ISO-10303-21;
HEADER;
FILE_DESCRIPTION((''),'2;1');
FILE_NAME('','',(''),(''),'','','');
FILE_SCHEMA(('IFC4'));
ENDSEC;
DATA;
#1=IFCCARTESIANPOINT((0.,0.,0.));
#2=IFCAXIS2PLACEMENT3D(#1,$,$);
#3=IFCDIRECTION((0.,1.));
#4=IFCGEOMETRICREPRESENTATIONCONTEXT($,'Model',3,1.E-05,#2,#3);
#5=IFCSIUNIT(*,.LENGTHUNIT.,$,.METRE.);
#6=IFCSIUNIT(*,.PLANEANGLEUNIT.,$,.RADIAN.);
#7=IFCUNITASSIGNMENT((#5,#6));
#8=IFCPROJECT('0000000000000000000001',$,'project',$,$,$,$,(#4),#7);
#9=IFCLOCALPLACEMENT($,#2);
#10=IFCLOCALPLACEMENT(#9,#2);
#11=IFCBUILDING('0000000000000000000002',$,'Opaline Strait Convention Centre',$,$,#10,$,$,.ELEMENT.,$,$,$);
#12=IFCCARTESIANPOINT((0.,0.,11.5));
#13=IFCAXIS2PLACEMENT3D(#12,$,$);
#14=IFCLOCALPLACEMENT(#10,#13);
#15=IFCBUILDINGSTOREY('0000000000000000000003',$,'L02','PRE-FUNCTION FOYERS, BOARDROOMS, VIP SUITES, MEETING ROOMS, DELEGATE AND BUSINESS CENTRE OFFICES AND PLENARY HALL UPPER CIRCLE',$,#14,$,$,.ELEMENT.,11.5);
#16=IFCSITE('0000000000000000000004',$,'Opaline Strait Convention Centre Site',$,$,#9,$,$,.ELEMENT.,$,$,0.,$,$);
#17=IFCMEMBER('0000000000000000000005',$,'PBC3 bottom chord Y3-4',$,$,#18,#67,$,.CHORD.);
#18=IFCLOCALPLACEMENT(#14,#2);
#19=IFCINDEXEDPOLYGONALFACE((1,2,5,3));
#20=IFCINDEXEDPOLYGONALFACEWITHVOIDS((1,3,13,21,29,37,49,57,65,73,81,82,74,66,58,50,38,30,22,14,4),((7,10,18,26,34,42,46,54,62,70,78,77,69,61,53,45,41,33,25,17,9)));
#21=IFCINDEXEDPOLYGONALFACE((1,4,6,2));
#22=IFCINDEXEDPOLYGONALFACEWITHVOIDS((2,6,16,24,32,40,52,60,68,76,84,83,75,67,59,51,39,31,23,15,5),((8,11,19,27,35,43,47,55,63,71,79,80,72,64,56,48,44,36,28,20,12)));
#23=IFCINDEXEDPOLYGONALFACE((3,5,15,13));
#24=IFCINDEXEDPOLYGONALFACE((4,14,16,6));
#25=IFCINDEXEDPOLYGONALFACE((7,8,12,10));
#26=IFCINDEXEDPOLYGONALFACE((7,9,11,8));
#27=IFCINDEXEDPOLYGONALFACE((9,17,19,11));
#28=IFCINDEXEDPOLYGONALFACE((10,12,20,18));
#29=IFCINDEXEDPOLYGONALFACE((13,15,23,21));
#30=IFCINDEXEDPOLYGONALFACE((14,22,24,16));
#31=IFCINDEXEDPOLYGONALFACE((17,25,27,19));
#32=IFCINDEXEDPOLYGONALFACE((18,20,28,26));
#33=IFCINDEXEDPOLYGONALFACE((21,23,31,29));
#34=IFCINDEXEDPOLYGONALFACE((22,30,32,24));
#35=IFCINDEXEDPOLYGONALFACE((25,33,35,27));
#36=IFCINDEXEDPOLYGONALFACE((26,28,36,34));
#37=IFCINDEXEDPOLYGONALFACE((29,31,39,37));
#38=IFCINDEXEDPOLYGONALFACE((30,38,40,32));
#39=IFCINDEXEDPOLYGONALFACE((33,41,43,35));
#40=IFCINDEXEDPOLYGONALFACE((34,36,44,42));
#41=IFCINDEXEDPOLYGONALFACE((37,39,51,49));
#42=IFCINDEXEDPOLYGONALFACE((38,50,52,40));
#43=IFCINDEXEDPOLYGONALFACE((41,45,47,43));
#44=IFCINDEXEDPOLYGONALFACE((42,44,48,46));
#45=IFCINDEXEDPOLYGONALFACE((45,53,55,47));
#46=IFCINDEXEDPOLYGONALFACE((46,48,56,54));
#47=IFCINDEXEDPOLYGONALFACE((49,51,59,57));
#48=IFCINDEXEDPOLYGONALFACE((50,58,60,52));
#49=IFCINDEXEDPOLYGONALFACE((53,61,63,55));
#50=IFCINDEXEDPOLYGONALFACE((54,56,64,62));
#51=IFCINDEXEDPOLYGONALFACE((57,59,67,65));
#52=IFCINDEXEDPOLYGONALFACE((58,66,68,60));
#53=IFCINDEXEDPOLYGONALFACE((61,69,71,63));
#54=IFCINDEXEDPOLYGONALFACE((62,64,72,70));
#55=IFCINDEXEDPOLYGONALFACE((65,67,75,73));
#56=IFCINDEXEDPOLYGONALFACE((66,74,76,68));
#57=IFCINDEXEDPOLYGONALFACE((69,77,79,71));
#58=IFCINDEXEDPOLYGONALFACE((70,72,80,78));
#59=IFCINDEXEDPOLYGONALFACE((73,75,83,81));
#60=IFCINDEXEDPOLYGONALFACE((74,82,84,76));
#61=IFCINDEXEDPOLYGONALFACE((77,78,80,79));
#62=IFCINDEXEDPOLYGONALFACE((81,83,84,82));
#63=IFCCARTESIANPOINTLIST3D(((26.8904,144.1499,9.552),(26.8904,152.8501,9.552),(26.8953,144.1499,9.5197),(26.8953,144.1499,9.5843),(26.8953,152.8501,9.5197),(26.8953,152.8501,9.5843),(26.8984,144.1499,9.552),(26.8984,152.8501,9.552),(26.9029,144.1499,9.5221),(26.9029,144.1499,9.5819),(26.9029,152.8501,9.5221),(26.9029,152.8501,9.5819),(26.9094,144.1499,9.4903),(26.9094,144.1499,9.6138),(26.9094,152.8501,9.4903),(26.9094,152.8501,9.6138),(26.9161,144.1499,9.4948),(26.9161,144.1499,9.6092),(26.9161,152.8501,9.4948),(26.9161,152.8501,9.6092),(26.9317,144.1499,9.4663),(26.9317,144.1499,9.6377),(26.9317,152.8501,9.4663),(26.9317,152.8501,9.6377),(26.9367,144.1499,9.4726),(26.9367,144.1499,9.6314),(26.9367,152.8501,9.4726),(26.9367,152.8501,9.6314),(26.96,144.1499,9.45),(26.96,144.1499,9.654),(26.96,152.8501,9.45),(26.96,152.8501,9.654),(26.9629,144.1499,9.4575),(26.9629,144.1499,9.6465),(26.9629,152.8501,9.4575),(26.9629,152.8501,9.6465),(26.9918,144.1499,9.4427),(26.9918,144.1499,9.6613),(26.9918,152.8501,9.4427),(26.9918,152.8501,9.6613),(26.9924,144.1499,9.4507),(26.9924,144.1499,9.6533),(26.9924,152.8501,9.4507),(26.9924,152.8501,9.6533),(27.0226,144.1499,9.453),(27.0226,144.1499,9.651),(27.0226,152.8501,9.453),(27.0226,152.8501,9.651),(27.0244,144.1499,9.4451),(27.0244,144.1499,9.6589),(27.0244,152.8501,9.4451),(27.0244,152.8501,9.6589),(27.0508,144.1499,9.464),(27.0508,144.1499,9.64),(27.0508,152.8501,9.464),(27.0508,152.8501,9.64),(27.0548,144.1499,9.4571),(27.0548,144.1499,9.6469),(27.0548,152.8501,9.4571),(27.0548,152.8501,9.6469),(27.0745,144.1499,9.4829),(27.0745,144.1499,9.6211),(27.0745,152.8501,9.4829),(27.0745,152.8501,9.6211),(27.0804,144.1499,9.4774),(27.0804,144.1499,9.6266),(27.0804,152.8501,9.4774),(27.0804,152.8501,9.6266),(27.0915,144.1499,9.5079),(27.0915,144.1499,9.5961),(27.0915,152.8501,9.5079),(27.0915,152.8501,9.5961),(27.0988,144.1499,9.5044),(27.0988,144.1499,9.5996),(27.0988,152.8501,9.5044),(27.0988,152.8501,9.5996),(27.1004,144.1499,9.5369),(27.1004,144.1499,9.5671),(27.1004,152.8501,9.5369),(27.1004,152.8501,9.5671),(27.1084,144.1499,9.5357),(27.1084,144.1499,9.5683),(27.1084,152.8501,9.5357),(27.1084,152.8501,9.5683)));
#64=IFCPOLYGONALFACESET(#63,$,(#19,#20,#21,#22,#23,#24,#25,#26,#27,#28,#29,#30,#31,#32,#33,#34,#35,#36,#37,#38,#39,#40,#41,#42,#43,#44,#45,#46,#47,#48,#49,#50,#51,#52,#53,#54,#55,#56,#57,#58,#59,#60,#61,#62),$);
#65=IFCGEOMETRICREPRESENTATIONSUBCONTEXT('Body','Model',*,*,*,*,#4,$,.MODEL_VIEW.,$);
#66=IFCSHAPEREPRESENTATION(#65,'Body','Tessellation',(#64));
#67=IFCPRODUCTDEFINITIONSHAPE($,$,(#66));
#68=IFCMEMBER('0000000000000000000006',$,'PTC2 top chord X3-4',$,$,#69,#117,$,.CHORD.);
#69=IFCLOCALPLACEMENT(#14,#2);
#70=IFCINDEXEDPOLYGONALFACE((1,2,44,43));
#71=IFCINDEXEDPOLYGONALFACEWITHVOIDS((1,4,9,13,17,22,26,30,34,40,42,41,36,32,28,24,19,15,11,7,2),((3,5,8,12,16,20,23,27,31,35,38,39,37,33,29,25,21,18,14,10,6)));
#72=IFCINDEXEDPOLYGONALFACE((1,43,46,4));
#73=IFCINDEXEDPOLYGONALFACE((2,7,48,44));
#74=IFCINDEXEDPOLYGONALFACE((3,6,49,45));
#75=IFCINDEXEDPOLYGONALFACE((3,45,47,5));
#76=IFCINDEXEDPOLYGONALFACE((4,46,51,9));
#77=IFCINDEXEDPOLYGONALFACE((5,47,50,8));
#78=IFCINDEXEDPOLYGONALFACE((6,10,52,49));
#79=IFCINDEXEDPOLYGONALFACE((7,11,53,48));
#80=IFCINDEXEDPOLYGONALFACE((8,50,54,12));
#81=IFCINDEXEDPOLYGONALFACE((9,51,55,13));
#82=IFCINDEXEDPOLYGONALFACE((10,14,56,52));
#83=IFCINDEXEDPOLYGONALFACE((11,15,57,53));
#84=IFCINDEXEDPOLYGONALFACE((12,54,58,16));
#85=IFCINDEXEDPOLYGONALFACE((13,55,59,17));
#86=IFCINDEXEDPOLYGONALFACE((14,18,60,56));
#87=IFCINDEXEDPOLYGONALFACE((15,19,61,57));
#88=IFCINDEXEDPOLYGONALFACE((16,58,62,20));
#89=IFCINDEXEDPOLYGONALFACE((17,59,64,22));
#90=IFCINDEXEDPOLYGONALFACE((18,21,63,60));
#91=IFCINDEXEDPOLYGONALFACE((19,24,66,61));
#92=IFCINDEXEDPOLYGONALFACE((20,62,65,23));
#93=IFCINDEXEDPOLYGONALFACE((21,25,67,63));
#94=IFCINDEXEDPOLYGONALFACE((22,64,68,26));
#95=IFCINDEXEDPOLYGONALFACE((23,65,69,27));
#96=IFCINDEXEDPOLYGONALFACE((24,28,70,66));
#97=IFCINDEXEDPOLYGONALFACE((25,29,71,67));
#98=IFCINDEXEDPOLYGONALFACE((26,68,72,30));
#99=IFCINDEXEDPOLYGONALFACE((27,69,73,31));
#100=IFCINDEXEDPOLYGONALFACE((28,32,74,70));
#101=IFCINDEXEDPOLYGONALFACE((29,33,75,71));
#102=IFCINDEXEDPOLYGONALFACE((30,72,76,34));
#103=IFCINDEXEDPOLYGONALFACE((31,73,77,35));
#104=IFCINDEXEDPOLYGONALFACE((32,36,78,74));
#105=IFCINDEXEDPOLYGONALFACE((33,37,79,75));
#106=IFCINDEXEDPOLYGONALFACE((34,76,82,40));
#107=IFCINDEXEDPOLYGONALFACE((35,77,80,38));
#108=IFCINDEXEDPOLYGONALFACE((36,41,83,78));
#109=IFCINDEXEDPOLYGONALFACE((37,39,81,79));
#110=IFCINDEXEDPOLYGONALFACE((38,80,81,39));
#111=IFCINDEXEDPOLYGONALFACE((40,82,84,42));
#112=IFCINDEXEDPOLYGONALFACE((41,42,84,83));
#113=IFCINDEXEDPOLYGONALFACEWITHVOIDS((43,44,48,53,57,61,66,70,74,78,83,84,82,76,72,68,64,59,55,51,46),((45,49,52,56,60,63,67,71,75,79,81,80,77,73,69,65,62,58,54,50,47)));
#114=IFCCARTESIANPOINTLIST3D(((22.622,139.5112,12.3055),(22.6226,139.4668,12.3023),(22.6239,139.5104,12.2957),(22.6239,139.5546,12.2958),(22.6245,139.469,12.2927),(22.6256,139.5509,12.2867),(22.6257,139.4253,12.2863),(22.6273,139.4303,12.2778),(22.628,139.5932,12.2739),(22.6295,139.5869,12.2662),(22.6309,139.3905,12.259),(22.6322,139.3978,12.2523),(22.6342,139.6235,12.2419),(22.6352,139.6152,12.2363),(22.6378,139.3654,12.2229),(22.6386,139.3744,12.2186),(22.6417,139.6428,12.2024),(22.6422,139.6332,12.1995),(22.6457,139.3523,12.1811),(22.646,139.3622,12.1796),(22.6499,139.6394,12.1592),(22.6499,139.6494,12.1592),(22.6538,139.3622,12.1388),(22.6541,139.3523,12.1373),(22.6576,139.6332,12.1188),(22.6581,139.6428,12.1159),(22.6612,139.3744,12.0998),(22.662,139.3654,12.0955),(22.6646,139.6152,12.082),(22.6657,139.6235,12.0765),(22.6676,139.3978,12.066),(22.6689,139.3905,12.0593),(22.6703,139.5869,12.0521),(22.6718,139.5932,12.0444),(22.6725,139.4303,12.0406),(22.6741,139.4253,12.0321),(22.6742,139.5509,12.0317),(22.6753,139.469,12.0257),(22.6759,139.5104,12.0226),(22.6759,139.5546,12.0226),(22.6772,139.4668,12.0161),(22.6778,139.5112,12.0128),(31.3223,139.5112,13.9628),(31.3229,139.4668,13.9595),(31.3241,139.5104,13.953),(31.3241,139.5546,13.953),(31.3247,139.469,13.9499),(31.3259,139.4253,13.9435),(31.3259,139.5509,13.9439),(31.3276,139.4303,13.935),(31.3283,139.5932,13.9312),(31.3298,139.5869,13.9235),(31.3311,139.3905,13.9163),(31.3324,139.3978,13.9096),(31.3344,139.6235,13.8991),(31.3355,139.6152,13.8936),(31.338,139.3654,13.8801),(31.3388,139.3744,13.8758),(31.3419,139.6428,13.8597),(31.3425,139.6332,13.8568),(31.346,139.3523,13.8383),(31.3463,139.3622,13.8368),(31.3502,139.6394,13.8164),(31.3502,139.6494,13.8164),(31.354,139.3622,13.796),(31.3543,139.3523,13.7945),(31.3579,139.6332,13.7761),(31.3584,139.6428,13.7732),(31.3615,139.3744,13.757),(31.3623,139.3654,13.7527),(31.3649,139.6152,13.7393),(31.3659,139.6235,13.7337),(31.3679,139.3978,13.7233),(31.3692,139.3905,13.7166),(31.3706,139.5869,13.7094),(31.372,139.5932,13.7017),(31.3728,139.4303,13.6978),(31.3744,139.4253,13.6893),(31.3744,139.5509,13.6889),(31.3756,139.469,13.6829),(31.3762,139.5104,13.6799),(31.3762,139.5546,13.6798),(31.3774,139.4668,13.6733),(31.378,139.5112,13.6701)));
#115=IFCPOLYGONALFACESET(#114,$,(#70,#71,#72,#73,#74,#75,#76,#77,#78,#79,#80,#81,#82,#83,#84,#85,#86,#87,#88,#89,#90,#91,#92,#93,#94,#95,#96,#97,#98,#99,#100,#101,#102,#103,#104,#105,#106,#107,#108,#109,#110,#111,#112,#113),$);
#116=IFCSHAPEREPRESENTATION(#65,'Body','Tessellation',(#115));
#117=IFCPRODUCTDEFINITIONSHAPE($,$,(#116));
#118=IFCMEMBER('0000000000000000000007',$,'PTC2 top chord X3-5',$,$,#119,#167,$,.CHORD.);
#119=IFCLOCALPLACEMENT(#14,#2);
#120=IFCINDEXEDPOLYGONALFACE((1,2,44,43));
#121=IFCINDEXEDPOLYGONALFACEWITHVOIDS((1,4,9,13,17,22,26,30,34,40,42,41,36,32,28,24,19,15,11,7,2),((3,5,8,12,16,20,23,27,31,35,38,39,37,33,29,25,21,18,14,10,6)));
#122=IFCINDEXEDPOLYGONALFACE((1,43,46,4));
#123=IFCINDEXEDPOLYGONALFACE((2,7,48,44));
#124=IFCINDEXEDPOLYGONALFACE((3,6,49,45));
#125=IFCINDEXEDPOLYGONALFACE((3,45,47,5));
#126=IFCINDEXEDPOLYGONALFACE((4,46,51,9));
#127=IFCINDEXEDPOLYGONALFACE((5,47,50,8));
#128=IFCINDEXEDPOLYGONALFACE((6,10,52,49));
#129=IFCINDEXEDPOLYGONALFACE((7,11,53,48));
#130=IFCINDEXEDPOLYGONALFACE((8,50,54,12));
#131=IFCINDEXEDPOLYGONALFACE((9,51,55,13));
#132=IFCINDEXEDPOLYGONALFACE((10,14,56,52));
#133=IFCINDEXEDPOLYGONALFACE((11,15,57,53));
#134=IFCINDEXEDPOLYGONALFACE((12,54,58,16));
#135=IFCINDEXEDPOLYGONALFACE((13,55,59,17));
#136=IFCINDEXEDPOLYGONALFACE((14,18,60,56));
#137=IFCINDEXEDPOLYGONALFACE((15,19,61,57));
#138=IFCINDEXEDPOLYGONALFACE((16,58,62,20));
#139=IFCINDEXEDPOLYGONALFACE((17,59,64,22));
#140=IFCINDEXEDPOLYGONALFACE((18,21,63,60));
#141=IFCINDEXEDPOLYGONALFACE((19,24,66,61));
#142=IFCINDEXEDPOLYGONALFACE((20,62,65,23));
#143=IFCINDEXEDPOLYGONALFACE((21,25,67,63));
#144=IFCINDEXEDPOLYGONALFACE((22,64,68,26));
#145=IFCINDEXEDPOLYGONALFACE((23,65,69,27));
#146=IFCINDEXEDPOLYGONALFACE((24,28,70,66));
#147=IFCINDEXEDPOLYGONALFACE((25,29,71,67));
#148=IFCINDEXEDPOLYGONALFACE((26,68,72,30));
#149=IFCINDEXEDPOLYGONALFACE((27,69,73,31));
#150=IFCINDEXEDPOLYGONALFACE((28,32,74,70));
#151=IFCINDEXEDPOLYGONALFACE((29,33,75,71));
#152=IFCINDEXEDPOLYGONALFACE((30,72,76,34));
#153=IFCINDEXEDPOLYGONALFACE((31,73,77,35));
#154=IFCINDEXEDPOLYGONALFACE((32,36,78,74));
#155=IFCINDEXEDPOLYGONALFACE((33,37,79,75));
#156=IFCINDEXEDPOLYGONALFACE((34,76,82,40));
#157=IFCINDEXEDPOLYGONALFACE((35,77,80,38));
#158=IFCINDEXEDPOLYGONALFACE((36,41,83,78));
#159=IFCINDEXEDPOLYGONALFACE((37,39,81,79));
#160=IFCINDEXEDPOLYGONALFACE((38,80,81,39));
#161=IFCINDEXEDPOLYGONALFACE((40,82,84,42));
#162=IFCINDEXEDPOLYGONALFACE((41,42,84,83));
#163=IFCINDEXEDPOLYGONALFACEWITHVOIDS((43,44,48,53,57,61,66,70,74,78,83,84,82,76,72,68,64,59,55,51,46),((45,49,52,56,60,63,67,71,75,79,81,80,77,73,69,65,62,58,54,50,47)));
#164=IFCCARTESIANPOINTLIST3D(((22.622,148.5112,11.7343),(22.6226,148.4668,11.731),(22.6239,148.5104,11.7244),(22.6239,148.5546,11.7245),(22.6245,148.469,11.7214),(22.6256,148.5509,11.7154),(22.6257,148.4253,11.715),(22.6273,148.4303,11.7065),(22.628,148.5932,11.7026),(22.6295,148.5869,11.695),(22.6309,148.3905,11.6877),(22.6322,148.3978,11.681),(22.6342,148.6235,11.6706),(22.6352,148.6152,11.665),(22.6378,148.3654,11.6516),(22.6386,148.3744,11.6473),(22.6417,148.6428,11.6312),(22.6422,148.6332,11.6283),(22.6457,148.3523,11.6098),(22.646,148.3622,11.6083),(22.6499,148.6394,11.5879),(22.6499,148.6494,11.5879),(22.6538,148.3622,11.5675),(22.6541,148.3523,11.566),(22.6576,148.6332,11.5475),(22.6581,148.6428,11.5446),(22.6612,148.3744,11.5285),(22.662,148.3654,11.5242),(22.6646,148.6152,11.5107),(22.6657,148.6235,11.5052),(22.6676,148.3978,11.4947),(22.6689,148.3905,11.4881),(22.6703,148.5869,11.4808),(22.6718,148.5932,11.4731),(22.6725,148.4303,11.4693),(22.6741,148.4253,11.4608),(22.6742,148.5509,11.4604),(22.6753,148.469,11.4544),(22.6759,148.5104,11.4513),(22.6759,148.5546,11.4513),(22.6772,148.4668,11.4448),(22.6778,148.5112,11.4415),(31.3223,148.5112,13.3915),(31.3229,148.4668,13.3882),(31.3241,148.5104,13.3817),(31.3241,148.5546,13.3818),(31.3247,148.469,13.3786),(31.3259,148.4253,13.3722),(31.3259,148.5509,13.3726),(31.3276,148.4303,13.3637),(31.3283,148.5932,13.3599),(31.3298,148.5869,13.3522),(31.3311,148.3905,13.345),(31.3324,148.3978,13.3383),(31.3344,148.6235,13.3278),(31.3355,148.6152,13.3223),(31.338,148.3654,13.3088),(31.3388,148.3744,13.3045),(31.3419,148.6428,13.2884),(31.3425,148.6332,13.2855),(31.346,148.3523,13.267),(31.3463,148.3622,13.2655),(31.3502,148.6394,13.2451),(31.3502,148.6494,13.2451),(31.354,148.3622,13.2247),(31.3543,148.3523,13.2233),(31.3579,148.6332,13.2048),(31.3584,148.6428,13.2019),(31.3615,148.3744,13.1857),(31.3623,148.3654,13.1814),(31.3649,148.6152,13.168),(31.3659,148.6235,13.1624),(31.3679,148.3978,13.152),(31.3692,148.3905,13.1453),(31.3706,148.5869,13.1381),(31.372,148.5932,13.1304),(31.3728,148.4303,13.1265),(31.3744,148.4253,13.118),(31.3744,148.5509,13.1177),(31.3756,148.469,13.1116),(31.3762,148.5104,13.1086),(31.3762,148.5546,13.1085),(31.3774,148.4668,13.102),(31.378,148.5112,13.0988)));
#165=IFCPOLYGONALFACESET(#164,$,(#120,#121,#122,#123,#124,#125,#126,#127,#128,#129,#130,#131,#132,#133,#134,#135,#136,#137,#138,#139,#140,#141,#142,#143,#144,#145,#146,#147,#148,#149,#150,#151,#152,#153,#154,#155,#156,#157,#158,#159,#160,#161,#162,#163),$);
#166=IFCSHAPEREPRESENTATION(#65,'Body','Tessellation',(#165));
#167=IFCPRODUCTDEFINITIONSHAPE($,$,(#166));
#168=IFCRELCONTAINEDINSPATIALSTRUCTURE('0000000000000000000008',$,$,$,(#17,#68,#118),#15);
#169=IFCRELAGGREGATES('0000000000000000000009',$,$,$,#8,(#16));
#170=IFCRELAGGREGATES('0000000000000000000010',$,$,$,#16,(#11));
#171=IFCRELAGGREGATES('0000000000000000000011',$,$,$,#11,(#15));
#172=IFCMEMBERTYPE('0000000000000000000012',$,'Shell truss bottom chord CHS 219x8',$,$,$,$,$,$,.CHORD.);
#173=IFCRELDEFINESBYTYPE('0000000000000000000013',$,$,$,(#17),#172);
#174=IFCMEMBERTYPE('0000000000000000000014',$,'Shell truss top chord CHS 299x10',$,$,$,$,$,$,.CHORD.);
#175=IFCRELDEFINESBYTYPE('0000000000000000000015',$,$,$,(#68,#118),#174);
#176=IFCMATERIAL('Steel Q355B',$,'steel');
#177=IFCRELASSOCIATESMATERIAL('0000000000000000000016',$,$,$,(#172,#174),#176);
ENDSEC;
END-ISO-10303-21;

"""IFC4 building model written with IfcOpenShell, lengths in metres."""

from ifc_helpers import new_model, si_unit, direction, frame, origin, origin_2d, place, context, subcontext, project, spatial, hollow_circle, extrude, material, material_profile, profile_set, type_object, element, save


model = new_model("IFC4")

# Units and contexts
model_context = context("Model", 3, precision=1e-05, world=origin(), true_north=direction((0.0, 1.0)))
body_context = subcontext(model_context, "Body", "Model", "MODEL_VIEW")
ifc_project = project(units=[si_unit("LENGTHUNIT", "METRE"), si_unit("PLANEANGLEUNIT", "RADIAN")], contexts=[model_context])

# Site, building, storey
site_placement = place(None, origin())
site = spatial("IfcSite", under=ifc_project, at=site_placement, Name="Opaline Strait Convention Centre Site", CompositionType="ELEMENT", RefElevation=0.0)
building_placement = place(site_placement, origin())
building = spatial("IfcBuilding", under=site, at=building_placement, Name="Opaline Strait Convention Centre", CompositionType="ELEMENT")
storey_placement = place(building_placement, frame((0.0, 0.0, 11.5)))
storey = spatial("IfcBuildingStorey", under=building, at=storey_placement, Name="L02", Description="PRE-FUNCTION FOYERS, BOARDROOMS, VIP SUITES, MEETING ROOMS, DELEGATE AND BUSINESS CENTRE OFFICES AND PLENARY HALL UPPER CIRCLE", CompositionType="ELEMENT", Elevation=11.5)

# Members
ifc_material_1 = material(Name="Steel Q355B", Category="steel")
ifc_material_profile_1 = material_profile(ifc_material_1, hollow_circle(Radius=0.1096, WallThickness=0.0081, at=origin_2d()), Name="CHS 219x8")
ifc_profile_set_1 = profile_set([ifc_material_profile_1], Name="Steel Q355B")
member_type_1 = type_object("IfcMemberType", Name="Shell truss bottom chord CHS 219x8", PredefinedType="CHORD", material=ifc_profile_set_1)
member_1_placement = place(storey_placement, frame((27.0, 144.1499, 9.552), z_axis=(0.0, 1.0, 0.0), x_axis=(-1.0, 0.0, 0.0)))
element("IfcMember", 1, at=member_1_placement, inside=storey, type_object=member_type_1, Name="PBC3 bottom chord Y3-4", PredefinedType="CHORD", context=body_context, shape_type="SweptSolid", body=[
    extrude(hollow_circle(Radius=0.1096, WallThickness=0.0081, at=origin_2d()), origin(), (0.0, 0.0, 1.0), 8.7002),
])
ifc_material_profile_2 = material_profile(ifc_material_1, hollow_circle(Radius=0.1494, WallThickness=0.01, at=origin_2d()), Name="CHS 299x10")
ifc_profile_set_2 = profile_set([ifc_material_profile_2], Name="Steel Q355B")
member_type_2 = type_object("IfcMemberType", Name="Shell truss top chord CHS 299x10", PredefinedType="CHORD", material=ifc_profile_set_2)
for number, where, z_axis, x_axis, name in (
    (2, (22.6499, 139.5, 12.1592), (0.982338, 0.0, 0.187117), (0.0, 1.0, 0.0), "PTC2 top chord X3-4"),
    (3, (22.6499, 148.5, 11.5879), (0.982338, 0.0, 0.187117), (0.0, 1.0, 0.0), "PTC2 top chord X3-5"),
):
    element("IfcMember", number, at=place(storey_placement, frame(where, z_axis=z_axis, x_axis=x_axis)), inside=storey, type_object=member_type_2, Name=name, PredefinedType="CHORD", context=body_context, shape_type="SweptSolid", body=[
        extrude(hollow_circle(Radius=0.1494, WallThickness=0.01, at=origin_2d()), origin(), (0.0, 0.0, 1.0), 8.8567),
    ])

save(model, "model.ifc")
